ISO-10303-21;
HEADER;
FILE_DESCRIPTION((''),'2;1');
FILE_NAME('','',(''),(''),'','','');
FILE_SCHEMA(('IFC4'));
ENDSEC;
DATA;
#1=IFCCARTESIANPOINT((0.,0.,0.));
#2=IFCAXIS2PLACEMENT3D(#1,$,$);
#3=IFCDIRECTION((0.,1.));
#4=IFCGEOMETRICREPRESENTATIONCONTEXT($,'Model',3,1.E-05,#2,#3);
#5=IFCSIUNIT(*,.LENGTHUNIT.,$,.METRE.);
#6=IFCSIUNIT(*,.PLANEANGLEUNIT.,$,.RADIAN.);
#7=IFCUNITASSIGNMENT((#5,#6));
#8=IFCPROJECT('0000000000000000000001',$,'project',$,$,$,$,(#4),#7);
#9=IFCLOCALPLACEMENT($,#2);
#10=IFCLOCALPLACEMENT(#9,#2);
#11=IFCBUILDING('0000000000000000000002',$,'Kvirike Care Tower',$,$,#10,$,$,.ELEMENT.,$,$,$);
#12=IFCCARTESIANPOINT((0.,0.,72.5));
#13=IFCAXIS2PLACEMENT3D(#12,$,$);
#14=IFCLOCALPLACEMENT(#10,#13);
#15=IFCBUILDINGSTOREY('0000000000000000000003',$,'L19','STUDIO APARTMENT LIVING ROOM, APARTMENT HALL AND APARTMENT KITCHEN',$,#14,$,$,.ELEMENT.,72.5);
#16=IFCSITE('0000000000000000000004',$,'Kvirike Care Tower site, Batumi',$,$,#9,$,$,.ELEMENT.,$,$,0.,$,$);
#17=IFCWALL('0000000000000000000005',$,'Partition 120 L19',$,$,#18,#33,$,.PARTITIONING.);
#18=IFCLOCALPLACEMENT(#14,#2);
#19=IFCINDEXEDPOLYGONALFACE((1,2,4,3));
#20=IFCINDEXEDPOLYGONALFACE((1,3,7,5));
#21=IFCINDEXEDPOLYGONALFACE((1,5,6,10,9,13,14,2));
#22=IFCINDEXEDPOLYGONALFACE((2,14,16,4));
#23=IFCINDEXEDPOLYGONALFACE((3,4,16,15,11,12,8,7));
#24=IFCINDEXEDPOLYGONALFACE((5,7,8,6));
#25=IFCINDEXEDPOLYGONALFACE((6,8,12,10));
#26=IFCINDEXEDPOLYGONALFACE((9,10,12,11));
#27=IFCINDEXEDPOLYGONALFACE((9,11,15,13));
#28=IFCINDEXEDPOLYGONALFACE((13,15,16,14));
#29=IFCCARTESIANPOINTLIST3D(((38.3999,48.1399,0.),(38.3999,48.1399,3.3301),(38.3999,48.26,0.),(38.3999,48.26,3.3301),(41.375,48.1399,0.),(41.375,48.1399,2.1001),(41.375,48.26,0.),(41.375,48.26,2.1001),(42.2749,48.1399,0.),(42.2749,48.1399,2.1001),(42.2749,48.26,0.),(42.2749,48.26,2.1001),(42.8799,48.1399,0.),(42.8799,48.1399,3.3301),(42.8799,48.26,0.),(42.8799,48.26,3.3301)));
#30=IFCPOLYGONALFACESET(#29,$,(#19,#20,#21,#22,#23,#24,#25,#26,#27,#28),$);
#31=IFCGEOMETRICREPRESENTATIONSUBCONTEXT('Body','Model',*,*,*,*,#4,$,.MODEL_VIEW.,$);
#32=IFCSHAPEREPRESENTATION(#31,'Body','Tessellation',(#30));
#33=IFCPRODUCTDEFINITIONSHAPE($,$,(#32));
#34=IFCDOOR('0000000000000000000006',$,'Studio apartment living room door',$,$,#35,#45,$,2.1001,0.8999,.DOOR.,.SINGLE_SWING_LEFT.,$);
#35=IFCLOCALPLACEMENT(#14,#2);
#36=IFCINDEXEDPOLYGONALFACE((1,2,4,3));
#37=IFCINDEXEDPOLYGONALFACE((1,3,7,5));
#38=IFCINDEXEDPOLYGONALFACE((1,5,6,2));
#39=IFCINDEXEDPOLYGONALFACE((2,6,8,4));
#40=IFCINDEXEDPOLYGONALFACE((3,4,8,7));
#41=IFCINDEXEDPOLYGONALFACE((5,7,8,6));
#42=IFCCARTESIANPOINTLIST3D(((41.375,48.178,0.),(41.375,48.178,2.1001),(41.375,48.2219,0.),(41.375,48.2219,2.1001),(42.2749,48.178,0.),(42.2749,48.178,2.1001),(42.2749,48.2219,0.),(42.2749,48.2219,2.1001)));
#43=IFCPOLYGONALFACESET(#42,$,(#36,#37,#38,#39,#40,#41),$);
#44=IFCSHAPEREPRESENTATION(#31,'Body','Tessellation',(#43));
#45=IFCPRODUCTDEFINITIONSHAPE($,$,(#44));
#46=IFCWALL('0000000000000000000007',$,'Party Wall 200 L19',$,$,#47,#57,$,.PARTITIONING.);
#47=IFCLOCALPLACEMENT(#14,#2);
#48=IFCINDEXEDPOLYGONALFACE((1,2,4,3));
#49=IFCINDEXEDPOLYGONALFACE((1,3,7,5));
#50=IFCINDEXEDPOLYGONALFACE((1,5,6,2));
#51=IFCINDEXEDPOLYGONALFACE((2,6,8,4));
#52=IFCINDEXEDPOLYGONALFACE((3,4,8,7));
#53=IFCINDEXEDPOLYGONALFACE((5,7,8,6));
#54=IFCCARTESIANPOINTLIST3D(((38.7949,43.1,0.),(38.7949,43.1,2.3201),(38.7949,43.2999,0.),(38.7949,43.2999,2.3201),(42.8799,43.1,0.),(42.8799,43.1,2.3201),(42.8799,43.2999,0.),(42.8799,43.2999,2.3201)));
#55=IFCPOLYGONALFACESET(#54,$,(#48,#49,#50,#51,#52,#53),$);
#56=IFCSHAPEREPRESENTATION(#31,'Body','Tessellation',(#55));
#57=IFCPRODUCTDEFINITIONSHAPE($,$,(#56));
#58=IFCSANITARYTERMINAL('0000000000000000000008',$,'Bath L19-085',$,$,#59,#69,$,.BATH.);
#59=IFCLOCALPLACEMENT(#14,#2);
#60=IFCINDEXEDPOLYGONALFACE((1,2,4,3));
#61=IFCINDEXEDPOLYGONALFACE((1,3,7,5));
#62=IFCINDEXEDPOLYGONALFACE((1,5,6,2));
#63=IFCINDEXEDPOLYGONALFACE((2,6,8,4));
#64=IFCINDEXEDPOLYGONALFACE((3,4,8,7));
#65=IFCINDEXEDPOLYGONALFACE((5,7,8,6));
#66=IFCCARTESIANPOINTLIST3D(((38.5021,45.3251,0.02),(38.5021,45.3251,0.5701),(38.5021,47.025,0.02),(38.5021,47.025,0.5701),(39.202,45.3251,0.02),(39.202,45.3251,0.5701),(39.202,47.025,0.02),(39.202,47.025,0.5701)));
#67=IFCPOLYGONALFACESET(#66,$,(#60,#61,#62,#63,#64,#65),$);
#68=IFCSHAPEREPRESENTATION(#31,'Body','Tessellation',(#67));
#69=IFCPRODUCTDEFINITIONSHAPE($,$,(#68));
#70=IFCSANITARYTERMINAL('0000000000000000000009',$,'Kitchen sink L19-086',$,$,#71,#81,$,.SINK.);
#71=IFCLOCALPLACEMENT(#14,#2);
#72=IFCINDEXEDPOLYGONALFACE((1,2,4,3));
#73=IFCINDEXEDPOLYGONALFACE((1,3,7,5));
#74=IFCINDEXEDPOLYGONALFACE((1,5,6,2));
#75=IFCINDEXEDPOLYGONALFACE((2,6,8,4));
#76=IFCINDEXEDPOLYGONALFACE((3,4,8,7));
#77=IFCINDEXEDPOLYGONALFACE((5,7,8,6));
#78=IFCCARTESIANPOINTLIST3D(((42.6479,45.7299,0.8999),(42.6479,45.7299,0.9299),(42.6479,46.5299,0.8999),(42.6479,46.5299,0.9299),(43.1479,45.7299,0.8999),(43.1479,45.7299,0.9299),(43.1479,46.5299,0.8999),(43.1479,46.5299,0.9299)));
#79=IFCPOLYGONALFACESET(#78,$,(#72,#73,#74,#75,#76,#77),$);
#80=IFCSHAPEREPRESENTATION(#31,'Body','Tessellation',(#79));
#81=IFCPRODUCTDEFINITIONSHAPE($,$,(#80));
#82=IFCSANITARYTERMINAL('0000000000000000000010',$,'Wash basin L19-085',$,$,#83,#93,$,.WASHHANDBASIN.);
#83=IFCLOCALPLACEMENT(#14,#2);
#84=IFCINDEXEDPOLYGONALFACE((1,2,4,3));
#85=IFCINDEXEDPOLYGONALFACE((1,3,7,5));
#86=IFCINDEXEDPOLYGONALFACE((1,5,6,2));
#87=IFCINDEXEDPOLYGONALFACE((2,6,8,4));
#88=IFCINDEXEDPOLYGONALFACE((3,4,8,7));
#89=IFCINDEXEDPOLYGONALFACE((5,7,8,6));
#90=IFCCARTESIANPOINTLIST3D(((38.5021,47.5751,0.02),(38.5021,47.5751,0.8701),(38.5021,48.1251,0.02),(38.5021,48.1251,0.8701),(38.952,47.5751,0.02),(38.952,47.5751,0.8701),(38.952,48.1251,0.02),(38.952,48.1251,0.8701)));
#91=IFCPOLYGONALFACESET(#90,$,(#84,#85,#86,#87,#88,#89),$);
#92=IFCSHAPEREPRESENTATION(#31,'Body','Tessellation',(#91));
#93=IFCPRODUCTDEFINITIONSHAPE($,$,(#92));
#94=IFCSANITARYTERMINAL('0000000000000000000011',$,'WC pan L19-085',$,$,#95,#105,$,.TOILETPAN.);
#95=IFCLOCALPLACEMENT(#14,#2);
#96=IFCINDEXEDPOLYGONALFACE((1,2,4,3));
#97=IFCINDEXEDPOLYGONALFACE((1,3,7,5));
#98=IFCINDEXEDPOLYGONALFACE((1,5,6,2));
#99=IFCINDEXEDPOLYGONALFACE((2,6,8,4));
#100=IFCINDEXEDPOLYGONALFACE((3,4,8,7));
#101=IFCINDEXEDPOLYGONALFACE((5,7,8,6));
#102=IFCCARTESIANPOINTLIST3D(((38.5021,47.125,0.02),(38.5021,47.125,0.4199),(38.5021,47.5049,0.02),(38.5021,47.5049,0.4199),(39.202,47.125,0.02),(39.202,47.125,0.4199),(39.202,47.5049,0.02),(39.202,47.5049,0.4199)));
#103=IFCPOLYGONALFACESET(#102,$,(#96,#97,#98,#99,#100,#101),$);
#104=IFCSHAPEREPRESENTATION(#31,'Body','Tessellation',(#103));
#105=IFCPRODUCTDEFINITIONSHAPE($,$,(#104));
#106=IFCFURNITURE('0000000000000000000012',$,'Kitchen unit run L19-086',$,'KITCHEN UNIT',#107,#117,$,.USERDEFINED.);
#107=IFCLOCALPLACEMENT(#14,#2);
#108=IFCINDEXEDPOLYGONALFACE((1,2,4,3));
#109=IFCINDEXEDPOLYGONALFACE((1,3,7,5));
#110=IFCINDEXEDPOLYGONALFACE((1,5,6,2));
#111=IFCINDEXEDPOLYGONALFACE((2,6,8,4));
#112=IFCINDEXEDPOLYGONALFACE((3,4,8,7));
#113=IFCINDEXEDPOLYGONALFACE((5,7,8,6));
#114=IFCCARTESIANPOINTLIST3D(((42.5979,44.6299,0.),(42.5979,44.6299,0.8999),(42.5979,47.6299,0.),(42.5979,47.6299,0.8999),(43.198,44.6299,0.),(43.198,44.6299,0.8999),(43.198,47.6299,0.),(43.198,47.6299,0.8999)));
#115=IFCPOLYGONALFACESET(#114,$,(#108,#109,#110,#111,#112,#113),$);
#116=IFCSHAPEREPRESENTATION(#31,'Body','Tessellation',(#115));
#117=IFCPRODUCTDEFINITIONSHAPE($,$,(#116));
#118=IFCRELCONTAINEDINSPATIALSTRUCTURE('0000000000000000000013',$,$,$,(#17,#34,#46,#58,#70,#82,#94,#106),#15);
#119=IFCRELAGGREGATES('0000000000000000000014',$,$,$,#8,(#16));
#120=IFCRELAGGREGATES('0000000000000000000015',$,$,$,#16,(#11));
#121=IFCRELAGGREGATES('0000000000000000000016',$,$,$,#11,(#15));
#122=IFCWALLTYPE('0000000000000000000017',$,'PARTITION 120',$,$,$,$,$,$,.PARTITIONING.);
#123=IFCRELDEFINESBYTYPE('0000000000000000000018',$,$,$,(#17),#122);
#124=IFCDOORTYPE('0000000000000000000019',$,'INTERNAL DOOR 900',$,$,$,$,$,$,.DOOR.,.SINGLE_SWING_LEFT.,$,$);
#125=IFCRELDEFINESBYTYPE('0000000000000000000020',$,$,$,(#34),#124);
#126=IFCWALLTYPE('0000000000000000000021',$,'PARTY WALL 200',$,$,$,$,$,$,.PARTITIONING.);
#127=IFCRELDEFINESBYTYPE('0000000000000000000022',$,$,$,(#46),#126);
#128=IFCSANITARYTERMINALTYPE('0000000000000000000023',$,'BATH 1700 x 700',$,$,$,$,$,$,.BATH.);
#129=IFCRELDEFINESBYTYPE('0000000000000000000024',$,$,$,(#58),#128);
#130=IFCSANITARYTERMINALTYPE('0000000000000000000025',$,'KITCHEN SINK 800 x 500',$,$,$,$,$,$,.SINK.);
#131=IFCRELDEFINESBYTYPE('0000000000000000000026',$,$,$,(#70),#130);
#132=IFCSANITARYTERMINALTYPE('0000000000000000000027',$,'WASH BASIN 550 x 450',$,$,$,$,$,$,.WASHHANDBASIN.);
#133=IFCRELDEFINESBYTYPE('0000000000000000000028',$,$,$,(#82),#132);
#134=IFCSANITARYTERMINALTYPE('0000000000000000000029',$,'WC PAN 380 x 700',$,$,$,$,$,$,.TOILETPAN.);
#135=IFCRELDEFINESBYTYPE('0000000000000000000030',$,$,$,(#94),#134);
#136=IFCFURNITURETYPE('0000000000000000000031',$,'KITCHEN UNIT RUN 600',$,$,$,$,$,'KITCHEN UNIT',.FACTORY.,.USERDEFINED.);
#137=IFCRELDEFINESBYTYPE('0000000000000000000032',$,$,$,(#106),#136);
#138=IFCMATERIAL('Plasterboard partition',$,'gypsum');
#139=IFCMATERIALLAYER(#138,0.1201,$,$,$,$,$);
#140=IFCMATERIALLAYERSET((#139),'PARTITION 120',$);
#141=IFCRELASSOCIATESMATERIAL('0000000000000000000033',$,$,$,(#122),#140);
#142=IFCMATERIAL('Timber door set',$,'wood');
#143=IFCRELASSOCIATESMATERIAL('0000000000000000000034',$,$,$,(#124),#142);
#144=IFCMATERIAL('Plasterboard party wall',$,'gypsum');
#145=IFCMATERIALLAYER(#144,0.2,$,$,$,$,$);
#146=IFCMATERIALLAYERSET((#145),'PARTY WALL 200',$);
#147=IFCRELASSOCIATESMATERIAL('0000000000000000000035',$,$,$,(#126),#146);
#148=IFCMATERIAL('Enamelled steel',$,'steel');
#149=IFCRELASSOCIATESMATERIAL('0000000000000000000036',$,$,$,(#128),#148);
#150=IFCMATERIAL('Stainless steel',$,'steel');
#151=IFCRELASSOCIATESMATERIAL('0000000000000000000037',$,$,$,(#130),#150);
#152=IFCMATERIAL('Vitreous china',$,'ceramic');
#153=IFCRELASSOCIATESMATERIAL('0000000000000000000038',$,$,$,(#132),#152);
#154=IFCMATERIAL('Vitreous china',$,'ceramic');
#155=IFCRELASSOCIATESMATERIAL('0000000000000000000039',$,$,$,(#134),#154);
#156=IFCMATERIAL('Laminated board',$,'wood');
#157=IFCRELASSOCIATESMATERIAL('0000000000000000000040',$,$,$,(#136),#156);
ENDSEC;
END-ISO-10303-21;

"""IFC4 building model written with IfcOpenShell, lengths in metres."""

from ifc_helpers import new_model, si_unit, direction, frame, frame_2d, origin, origin_2d, place, context, subcontext, project, spatial, rectangle, extrude, material, layer, layer_set, type_object, element, fill, save


model = new_model("IFC4")

# Units and contexts
model_context = context("Model", 3, precision=1e-05, world=origin(), true_north=direction((0.0, 1.0)))
body_context = subcontext(model_context, "Body", "Model", "MODEL_VIEW")
ifc_project = project(units=[si_unit("LENGTHUNIT", "METRE"), si_unit("PLANEANGLEUNIT", "RADIAN")], contexts=[model_context])

# Site, building, storey
site_placement = place(None, origin())
site = spatial("IfcSite", under=ifc_project, at=site_placement, Name="Kvirike Care Tower site, Batumi", CompositionType="ELEMENT", RefElevation=0.0)
building_placement = place(site_placement, origin())
building = spatial("IfcBuilding", under=site, at=building_placement, Name="Kvirike Care Tower", CompositionType="ELEMENT")
storey_placement = place(building_placement, frame((0.0, 0.0, 72.5)))
storey = spatial("IfcBuildingStorey", under=building, at=storey_placement, Name="L19", Description="STUDIO APARTMENT LIVING ROOM, APARTMENT HALL AND APARTMENT KITCHEN", CompositionType="ELEMENT", Elevation=72.5)

# Wall, opening, door
ifc_material_1 = material(Name="Plasterboard partition", Category="gypsum")
ifc_layer_1 = layer(ifc_material_1, 0.1201)
ifc_layer_set_1 = layer_set([ifc_layer_1], Name="PARTITION 120")
wall_type_1 = type_object("IfcWallType", Name="PARTITION 120", PredefinedType="PARTITIONING", material=ifc_layer_set_1)
wall_1_placement = place(storey_placement, frame((42.8799, 48.2, 0.0), z_axis=(0.0, 0.0, 1.0), x_axis=(-1.0, 0.0, 0.0)))
wall_1 = element("IfcWall", 1, at=wall_1_placement, inside=storey, type_object=wall_type_1, Name="Partition 120 L19", PredefinedType="PARTITIONING", context=body_context, shape_type="SweptSolid", body=[
    extrude(rectangle(XDim=4.48, YDim=0.1201, at=frame_2d((2.24, 0.0))), origin(), (0.0, 0.0, 1.0), 3.3301),
])
opening_1_placement = place(wall_1_placement, frame((0.605, 0.0, 0.0)))
opening_1 = element("IfcOpeningElement", 2, at=opening_1_placement, cuts=wall_1, PredefinedType="OPENING", context=body_context, shape_type="SweptSolid", body=[
    extrude(rectangle(XDim=0.8999, YDim=2.1001, at=frame_2d((0.45, 1.05))), frame((0.0, 0.0706, 0.0), z_axis=(0.0, -1.0, 0.0), x_axis=(1.0, 0.0, 0.0)), (0.0, 0.0, 1.0), 0.1411),
])
ifc_material_2 = material(Name="Timber door set", Category="wood")
door_type_1 = type_object("IfcDoorType", Name="INTERNAL DOOR 900", OperationType="SINGLE_SWING_LEFT", PredefinedType="DOOR", material=ifc_material_2)
door_1_placement = place(opening_1_placement, origin())
door_1 = element("IfcDoor", 3, at=door_1_placement, inside=storey, type_object=door_type_1, Name="Studio apartment living room door", OperationType="SINGLE_SWING_LEFT", OverallHeight=2.1001, OverallWidth=0.8999, PredefinedType="DOOR", context=body_context, shape_type="SweptSolid", body=[
    extrude(rectangle(XDim=0.8999, YDim=2.1001, at=frame_2d((0.45, 1.05))), frame((0.0, 0.022, 0.0), z_axis=(0.0, -1.0, 0.0), x_axis=(1.0, 0.0, 0.0)), (0.0, 0.0, 1.0), 0.0439),
])
fill(opening_1, door_1)

# Wall
ifc_material_3 = material(Name="Plasterboard party wall", Category="gypsum")
ifc_layer_2 = layer(ifc_material_3, 0.2)
ifc_layer_set_2 = layer_set([ifc_layer_2], Name="PARTY WALL 200")
wall_type_2 = type_object("IfcWallType", Name="PARTY WALL 200", PredefinedType="PARTITIONING", material=ifc_layer_set_2)
wall_2_placement = place(storey_placement, frame((42.8799, 43.2, 0.0), z_axis=(0.0, 0.0, 1.0), x_axis=(-1.0, 0.0, 0.0)))
element("IfcWall", 4, at=wall_2_placement, inside=storey, type_object=wall_type_2, Name="Party Wall 200 L19", PredefinedType="PARTITIONING", context=body_context, shape_type="SweptSolid", body=[
    extrude(rectangle(XDim=4.085, YDim=0.2, at=frame_2d((2.0425, 0.0))), origin(), (0.0, 0.0, 1.0), 2.3201),
])

# Sanitary terminals
ifc_material_4 = material(Name="Enamelled steel", Category="steel")
sanitary_terminal_type_1 = type_object("IfcSanitaryTerminalType", Name="BATH 1700 x 700", PredefinedType="BATH", material=ifc_material_4)
sanitary_terminal_1_placement = place(storey_placement, frame((38.8521, 46.175, 0.02), z_axis=(0.0, 0.0, 1.0), x_axis=(0.0, 1.0, 0.0)))
element("IfcSanitaryTerminal", 5, at=sanitary_terminal_1_placement, inside=storey, type_object=sanitary_terminal_type_1, Name="Bath L19-085", PredefinedType="BATH", context=body_context, shape_type="SweptSolid", body=[
    extrude(rectangle(XDim=1.7, YDim=0.7, at=origin_2d()), origin(), (0.0, 0.0, 1.0), 0.55),
])
ifc_material_5 = material(Name="Stainless steel", Category="steel")
sanitary_terminal_type_2 = type_object("IfcSanitaryTerminalType", Name="KITCHEN SINK 800 x 500", PredefinedType="SINK", material=ifc_material_5)
sanitary_terminal_2_placement = place(storey_placement, frame((42.8979, 46.1299, 0.8999), z_axis=(0.0, 0.0, 1.0), x_axis=(0.0, -1.0, 0.0)))
element("IfcSanitaryTerminal", 6, at=sanitary_terminal_2_placement, inside=storey, type_object=sanitary_terminal_type_2, Name="Kitchen sink L19-086", PredefinedType="SINK", context=body_context, shape_type="SweptSolid", body=[
    extrude(rectangle(XDim=0.8, YDim=0.5, at=origin_2d()), origin(), (0.0, 0.0, 1.0), 0.03),
])
ifc_material_6 = material(Name="Vitreous china", Category="ceramic")
sanitary_terminal_type_3 = type_object("IfcSanitaryTerminalType", Name="WASH BASIN 550 x 450", PredefinedType="WASHHANDBASIN", material=ifc_material_6)
sanitary_terminal_3_placement = place(storey_placement, frame((38.7271, 47.8501, 0.02), z_axis=(0.0, 0.0, 1.0), x_axis=(0.0, 1.0, 0.0)))
element("IfcSanitaryTerminal", 7, at=sanitary_terminal_3_placement, inside=storey, type_object=sanitary_terminal_type_3, Name="Wash basin L19-085", PredefinedType="WASHHANDBASIN", context=body_context, shape_type="SweptSolid", body=[
    extrude(rectangle(XDim=0.55, YDim=0.45, at=origin_2d()), origin(), (0.0, 0.0, 1.0), 0.8501),
])
ifc_material_7 = material(Name="Vitreous china", Category="ceramic")
sanitary_terminal_type_4 = type_object("IfcSanitaryTerminalType", Name="WC PAN 380 x 700", PredefinedType="TOILETPAN", material=ifc_material_7)
sanitary_terminal_4_placement = place(storey_placement, frame((38.8521, 47.3149, 0.02), z_axis=(0.0, 0.0, 1.0), x_axis=(0.0, 1.0, 0.0)))
element("IfcSanitaryTerminal", 8, at=sanitary_terminal_4_placement, inside=storey, type_object=sanitary_terminal_type_4, Name="WC pan L19-085", PredefinedType="TOILETPAN", context=body_context, shape_type="SweptSolid", body=[
    extrude(rectangle(XDim=0.3799, YDim=0.7, at=origin_2d()), origin(), (0.0, 0.0, 1.0), 0.3999),
])

# Furniture
ifc_material_8 = material(Name="Laminated board", Category="wood")
furniture_type = type_object("IfcFurnitureType", Name="KITCHEN UNIT RUN 600", ElementType="KITCHEN UNIT", AssemblyPlace="FACTORY", PredefinedType="USERDEFINED", material=ifc_material_8)
furniture_placement = place(storey_placement, frame((42.8979, 46.1299, 0.0), z_axis=(0.0, 0.0, 1.0), x_axis=(0.0, -1.0, 0.0)))
element("IfcFurniture", 9, at=furniture_placement, inside=storey, type_object=furniture_type, Name="Kitchen unit run L19-086", ObjectType="KITCHEN UNIT", PredefinedType="USERDEFINED", context=body_context, shape_type="SweptSolid", body=[
    extrude(rectangle(XDim=3.0, YDim=0.6001, at=origin_2d()), origin(), (0.0, 0.0, 1.0), 0.8999),
])

save(model, "model.ifc")
